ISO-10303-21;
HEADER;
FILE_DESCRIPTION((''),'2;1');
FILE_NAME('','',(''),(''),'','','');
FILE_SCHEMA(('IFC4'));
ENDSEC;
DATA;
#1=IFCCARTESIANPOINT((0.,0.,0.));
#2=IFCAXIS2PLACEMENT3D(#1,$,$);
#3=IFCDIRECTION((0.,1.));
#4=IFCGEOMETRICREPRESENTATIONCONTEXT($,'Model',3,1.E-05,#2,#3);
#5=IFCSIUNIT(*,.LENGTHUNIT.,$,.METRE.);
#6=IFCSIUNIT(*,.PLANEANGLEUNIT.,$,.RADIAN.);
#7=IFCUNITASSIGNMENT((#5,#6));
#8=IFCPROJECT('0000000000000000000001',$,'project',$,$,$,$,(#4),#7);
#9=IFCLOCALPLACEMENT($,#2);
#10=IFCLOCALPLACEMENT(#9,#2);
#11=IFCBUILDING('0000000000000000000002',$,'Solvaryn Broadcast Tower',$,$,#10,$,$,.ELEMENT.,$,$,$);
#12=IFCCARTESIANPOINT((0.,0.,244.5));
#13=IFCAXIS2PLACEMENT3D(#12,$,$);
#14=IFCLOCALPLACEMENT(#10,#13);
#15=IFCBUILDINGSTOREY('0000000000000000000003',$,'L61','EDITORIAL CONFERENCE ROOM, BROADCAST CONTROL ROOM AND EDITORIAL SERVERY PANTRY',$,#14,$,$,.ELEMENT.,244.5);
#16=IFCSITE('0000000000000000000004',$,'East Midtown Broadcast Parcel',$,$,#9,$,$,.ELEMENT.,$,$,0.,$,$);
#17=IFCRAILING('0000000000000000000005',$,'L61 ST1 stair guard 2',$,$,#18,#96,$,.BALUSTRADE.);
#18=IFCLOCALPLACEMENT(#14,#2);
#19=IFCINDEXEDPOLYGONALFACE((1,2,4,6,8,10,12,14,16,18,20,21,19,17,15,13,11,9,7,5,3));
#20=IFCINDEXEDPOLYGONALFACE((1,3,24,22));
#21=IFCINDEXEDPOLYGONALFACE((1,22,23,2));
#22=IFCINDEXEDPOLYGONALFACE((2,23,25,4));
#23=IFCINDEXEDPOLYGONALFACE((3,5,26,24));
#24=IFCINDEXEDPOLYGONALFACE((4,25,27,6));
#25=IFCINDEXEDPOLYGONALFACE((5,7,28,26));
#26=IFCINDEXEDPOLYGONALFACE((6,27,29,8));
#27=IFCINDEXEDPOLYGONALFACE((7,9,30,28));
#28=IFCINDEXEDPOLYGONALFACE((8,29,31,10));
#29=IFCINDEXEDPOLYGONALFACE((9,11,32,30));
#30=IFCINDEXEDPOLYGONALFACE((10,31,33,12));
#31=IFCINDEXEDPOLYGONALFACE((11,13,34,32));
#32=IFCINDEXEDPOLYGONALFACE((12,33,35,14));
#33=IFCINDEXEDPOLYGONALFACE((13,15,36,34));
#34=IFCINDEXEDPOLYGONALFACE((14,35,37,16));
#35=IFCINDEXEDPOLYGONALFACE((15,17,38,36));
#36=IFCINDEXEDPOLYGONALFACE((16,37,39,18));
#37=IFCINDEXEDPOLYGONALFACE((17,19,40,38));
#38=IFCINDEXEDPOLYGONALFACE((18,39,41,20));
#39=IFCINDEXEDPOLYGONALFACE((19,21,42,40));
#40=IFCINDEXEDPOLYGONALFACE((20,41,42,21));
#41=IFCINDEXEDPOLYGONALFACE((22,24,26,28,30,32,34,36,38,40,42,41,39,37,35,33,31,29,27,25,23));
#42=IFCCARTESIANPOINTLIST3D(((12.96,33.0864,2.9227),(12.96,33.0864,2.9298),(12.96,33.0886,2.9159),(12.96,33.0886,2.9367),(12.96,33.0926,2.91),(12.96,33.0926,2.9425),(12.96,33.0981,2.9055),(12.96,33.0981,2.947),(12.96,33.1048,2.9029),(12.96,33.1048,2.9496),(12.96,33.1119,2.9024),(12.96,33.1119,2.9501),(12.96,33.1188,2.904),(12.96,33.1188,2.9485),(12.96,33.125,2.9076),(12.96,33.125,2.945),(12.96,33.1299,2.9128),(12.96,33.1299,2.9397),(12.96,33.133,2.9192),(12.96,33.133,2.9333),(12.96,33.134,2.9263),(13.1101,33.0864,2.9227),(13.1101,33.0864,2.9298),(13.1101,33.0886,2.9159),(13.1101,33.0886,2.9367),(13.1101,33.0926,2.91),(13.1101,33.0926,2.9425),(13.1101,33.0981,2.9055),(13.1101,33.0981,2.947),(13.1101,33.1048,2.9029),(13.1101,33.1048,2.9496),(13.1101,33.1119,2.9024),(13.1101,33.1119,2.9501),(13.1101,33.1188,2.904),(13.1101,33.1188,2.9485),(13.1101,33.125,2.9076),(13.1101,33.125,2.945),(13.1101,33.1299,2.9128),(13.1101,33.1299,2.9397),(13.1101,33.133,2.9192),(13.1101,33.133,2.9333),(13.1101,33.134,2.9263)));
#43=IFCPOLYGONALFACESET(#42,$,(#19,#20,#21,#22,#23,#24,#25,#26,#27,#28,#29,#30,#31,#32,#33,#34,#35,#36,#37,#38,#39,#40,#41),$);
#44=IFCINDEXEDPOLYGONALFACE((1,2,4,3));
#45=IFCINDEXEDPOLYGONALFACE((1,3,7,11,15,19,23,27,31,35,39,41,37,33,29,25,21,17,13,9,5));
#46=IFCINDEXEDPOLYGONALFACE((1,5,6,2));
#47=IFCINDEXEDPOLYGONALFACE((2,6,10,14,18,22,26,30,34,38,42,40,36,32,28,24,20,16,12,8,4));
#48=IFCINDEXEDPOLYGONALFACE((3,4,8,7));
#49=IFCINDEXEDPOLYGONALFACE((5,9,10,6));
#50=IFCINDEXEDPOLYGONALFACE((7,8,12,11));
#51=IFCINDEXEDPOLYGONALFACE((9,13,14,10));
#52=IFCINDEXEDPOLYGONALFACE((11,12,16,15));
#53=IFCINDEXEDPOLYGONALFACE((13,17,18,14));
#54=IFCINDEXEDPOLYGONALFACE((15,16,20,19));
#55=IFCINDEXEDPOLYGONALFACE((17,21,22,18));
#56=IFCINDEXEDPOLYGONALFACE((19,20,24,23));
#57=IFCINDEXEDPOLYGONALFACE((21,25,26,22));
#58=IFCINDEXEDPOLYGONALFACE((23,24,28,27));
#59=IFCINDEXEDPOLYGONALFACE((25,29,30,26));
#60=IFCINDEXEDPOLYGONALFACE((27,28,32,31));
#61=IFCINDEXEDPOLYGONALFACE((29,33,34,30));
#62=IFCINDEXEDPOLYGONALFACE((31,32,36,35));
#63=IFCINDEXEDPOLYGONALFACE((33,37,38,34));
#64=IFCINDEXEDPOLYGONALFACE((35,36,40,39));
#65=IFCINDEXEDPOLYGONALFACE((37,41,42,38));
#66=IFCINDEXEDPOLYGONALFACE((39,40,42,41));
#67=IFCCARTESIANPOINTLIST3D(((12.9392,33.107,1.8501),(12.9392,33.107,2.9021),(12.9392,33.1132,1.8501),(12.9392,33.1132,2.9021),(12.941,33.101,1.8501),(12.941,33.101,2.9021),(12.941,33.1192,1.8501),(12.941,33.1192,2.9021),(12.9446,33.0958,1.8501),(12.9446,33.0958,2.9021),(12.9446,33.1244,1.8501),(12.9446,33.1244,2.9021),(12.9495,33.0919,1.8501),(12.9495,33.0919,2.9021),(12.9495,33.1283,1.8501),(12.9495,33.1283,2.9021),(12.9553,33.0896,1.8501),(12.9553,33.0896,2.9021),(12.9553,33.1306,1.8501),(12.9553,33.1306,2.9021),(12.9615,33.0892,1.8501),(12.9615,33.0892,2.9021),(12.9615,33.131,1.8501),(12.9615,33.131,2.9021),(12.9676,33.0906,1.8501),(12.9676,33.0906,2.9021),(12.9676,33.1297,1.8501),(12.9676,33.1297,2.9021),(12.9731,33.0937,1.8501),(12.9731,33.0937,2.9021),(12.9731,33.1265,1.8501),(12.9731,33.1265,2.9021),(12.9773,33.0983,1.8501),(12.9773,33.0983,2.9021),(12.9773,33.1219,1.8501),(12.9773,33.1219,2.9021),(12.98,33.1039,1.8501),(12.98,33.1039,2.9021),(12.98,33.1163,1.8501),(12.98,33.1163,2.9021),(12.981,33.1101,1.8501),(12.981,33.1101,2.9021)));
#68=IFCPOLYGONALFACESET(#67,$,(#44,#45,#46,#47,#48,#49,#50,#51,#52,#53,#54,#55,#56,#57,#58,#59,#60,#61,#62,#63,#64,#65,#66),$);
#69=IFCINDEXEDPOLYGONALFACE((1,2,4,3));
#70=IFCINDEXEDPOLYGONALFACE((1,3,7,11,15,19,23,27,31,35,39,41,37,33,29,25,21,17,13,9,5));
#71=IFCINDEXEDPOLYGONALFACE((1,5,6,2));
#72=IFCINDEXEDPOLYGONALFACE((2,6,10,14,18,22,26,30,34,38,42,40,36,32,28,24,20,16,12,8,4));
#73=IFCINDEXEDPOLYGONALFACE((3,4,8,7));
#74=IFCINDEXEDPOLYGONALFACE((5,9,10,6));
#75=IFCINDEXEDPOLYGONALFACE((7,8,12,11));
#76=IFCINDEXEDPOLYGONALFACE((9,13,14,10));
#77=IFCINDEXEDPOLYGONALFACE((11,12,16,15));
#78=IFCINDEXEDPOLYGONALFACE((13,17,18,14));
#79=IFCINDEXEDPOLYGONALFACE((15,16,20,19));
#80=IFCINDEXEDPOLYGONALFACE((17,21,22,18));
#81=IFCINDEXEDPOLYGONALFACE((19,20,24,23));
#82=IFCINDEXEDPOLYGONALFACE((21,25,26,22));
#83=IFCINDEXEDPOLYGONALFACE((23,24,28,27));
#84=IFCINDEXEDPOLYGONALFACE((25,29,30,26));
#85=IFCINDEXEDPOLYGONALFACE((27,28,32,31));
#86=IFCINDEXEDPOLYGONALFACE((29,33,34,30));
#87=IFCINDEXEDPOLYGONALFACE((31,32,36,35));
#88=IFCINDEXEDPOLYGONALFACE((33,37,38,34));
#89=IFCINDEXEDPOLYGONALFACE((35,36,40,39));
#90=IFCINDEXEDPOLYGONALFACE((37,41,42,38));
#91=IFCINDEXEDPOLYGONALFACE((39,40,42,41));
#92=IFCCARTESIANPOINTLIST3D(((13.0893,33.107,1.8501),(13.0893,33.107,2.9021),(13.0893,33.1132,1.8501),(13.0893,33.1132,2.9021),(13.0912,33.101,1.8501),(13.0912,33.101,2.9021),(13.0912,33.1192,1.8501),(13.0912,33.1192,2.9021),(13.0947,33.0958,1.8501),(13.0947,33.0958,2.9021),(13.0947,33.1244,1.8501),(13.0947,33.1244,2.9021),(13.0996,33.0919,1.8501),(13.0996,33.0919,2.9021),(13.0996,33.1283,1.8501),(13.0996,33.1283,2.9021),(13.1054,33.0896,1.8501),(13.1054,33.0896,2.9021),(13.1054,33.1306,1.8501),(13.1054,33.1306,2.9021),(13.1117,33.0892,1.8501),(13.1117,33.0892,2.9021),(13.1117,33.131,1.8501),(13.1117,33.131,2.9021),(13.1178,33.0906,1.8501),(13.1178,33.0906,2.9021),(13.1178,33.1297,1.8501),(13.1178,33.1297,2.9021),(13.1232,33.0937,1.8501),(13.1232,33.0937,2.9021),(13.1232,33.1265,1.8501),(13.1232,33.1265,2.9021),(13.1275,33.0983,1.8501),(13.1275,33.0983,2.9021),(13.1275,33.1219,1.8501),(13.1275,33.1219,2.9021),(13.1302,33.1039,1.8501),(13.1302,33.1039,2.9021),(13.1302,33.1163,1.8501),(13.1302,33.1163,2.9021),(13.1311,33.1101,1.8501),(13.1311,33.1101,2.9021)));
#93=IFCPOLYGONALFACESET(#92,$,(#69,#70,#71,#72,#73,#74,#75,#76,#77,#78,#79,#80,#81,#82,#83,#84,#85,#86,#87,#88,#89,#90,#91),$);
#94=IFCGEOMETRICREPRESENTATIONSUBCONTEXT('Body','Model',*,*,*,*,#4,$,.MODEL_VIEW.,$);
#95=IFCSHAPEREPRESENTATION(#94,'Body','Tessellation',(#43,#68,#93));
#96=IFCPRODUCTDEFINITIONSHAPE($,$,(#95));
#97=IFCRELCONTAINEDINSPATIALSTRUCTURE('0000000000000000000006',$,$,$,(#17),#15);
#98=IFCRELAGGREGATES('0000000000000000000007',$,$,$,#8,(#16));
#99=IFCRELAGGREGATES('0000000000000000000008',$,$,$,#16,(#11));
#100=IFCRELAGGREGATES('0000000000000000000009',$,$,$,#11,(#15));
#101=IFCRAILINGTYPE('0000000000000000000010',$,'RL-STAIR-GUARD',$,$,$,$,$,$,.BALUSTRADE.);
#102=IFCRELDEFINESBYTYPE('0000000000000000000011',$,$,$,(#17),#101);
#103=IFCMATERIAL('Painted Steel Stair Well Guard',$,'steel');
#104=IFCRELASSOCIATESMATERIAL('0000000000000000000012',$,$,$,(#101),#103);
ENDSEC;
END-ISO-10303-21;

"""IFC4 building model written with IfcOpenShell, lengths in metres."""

from ifc_helpers import new_model, si_unit, direction, frame, origin, origin_2d, place, context, subcontext, project, spatial, circle, extrude, material, type_object, element, save


model = new_model("IFC4")

# Units and contexts
model_context = context("Model", 3, precision=1e-05, world=origin(), true_north=direction((0.0, 1.0)))
body_context = subcontext(model_context, "Body", "Model", "MODEL_VIEW")
ifc_project = project(units=[si_unit("LENGTHUNIT", "METRE"), si_unit("PLANEANGLEUNIT", "RADIAN")], contexts=[model_context])

# Site, building, storey
site_placement = place(None, origin())
site = spatial("IfcSite", under=ifc_project, at=site_placement, Name="East Midtown Broadcast Parcel", CompositionType="ELEMENT", RefElevation=0.0)
building_placement = place(site_placement, origin())
building = spatial("IfcBuilding", under=site, at=building_placement, Name="Solvaryn Broadcast Tower", CompositionType="ELEMENT")
storey_placement = place(building_placement, frame((0.0, 0.0, 244.5)))
storey = spatial("IfcBuildingStorey", under=building, at=storey_placement, Name="L61", Description="EDITORIAL CONFERENCE ROOM, BROADCAST CONTROL ROOM AND EDITORIAL SERVERY PANTRY", CompositionType="ELEMENT", Elevation=244.5)

# Railing
ifc_material_1 = material(Name="Painted Steel Stair Well Guard", Category="steel")
railing_type_1 = type_object("IfcRailingType", Name="RL-STAIR-GUARD", PredefinedType="BALUSTRADE", material=ifc_material_1)
railing_1_placement = place(storey_placement, frame((12.96, 33.1101, 1.8501)))
element("IfcRailing", 1, at=railing_1_placement, inside=storey, type_object=railing_type_1, Name="L61 ST1 stair guard 2", PredefinedType="BALUSTRADE", context=body_context, shape_type="SweptSolid", body=[
    extrude(circle(Radius=0.0239, at=origin_2d()), frame((0.0, 0.0, 1.0762), z_axis=(1.0, 0.0, 0.0), x_axis=(0.0, 1.0, 0.0)), (0.0, 0.0, 1.0), 0.1501),
    extrude(circle(Radius=0.021, at=origin_2d()), origin(), (0.0, 0.0, 1.0), 1.052),
    extrude(circle(Radius=0.021, at=origin_2d()), frame((0.1501, 0.0, 0.0)), (0.0, 0.0, 1.0), 1.052),
])

save(model, "model.ifc")
